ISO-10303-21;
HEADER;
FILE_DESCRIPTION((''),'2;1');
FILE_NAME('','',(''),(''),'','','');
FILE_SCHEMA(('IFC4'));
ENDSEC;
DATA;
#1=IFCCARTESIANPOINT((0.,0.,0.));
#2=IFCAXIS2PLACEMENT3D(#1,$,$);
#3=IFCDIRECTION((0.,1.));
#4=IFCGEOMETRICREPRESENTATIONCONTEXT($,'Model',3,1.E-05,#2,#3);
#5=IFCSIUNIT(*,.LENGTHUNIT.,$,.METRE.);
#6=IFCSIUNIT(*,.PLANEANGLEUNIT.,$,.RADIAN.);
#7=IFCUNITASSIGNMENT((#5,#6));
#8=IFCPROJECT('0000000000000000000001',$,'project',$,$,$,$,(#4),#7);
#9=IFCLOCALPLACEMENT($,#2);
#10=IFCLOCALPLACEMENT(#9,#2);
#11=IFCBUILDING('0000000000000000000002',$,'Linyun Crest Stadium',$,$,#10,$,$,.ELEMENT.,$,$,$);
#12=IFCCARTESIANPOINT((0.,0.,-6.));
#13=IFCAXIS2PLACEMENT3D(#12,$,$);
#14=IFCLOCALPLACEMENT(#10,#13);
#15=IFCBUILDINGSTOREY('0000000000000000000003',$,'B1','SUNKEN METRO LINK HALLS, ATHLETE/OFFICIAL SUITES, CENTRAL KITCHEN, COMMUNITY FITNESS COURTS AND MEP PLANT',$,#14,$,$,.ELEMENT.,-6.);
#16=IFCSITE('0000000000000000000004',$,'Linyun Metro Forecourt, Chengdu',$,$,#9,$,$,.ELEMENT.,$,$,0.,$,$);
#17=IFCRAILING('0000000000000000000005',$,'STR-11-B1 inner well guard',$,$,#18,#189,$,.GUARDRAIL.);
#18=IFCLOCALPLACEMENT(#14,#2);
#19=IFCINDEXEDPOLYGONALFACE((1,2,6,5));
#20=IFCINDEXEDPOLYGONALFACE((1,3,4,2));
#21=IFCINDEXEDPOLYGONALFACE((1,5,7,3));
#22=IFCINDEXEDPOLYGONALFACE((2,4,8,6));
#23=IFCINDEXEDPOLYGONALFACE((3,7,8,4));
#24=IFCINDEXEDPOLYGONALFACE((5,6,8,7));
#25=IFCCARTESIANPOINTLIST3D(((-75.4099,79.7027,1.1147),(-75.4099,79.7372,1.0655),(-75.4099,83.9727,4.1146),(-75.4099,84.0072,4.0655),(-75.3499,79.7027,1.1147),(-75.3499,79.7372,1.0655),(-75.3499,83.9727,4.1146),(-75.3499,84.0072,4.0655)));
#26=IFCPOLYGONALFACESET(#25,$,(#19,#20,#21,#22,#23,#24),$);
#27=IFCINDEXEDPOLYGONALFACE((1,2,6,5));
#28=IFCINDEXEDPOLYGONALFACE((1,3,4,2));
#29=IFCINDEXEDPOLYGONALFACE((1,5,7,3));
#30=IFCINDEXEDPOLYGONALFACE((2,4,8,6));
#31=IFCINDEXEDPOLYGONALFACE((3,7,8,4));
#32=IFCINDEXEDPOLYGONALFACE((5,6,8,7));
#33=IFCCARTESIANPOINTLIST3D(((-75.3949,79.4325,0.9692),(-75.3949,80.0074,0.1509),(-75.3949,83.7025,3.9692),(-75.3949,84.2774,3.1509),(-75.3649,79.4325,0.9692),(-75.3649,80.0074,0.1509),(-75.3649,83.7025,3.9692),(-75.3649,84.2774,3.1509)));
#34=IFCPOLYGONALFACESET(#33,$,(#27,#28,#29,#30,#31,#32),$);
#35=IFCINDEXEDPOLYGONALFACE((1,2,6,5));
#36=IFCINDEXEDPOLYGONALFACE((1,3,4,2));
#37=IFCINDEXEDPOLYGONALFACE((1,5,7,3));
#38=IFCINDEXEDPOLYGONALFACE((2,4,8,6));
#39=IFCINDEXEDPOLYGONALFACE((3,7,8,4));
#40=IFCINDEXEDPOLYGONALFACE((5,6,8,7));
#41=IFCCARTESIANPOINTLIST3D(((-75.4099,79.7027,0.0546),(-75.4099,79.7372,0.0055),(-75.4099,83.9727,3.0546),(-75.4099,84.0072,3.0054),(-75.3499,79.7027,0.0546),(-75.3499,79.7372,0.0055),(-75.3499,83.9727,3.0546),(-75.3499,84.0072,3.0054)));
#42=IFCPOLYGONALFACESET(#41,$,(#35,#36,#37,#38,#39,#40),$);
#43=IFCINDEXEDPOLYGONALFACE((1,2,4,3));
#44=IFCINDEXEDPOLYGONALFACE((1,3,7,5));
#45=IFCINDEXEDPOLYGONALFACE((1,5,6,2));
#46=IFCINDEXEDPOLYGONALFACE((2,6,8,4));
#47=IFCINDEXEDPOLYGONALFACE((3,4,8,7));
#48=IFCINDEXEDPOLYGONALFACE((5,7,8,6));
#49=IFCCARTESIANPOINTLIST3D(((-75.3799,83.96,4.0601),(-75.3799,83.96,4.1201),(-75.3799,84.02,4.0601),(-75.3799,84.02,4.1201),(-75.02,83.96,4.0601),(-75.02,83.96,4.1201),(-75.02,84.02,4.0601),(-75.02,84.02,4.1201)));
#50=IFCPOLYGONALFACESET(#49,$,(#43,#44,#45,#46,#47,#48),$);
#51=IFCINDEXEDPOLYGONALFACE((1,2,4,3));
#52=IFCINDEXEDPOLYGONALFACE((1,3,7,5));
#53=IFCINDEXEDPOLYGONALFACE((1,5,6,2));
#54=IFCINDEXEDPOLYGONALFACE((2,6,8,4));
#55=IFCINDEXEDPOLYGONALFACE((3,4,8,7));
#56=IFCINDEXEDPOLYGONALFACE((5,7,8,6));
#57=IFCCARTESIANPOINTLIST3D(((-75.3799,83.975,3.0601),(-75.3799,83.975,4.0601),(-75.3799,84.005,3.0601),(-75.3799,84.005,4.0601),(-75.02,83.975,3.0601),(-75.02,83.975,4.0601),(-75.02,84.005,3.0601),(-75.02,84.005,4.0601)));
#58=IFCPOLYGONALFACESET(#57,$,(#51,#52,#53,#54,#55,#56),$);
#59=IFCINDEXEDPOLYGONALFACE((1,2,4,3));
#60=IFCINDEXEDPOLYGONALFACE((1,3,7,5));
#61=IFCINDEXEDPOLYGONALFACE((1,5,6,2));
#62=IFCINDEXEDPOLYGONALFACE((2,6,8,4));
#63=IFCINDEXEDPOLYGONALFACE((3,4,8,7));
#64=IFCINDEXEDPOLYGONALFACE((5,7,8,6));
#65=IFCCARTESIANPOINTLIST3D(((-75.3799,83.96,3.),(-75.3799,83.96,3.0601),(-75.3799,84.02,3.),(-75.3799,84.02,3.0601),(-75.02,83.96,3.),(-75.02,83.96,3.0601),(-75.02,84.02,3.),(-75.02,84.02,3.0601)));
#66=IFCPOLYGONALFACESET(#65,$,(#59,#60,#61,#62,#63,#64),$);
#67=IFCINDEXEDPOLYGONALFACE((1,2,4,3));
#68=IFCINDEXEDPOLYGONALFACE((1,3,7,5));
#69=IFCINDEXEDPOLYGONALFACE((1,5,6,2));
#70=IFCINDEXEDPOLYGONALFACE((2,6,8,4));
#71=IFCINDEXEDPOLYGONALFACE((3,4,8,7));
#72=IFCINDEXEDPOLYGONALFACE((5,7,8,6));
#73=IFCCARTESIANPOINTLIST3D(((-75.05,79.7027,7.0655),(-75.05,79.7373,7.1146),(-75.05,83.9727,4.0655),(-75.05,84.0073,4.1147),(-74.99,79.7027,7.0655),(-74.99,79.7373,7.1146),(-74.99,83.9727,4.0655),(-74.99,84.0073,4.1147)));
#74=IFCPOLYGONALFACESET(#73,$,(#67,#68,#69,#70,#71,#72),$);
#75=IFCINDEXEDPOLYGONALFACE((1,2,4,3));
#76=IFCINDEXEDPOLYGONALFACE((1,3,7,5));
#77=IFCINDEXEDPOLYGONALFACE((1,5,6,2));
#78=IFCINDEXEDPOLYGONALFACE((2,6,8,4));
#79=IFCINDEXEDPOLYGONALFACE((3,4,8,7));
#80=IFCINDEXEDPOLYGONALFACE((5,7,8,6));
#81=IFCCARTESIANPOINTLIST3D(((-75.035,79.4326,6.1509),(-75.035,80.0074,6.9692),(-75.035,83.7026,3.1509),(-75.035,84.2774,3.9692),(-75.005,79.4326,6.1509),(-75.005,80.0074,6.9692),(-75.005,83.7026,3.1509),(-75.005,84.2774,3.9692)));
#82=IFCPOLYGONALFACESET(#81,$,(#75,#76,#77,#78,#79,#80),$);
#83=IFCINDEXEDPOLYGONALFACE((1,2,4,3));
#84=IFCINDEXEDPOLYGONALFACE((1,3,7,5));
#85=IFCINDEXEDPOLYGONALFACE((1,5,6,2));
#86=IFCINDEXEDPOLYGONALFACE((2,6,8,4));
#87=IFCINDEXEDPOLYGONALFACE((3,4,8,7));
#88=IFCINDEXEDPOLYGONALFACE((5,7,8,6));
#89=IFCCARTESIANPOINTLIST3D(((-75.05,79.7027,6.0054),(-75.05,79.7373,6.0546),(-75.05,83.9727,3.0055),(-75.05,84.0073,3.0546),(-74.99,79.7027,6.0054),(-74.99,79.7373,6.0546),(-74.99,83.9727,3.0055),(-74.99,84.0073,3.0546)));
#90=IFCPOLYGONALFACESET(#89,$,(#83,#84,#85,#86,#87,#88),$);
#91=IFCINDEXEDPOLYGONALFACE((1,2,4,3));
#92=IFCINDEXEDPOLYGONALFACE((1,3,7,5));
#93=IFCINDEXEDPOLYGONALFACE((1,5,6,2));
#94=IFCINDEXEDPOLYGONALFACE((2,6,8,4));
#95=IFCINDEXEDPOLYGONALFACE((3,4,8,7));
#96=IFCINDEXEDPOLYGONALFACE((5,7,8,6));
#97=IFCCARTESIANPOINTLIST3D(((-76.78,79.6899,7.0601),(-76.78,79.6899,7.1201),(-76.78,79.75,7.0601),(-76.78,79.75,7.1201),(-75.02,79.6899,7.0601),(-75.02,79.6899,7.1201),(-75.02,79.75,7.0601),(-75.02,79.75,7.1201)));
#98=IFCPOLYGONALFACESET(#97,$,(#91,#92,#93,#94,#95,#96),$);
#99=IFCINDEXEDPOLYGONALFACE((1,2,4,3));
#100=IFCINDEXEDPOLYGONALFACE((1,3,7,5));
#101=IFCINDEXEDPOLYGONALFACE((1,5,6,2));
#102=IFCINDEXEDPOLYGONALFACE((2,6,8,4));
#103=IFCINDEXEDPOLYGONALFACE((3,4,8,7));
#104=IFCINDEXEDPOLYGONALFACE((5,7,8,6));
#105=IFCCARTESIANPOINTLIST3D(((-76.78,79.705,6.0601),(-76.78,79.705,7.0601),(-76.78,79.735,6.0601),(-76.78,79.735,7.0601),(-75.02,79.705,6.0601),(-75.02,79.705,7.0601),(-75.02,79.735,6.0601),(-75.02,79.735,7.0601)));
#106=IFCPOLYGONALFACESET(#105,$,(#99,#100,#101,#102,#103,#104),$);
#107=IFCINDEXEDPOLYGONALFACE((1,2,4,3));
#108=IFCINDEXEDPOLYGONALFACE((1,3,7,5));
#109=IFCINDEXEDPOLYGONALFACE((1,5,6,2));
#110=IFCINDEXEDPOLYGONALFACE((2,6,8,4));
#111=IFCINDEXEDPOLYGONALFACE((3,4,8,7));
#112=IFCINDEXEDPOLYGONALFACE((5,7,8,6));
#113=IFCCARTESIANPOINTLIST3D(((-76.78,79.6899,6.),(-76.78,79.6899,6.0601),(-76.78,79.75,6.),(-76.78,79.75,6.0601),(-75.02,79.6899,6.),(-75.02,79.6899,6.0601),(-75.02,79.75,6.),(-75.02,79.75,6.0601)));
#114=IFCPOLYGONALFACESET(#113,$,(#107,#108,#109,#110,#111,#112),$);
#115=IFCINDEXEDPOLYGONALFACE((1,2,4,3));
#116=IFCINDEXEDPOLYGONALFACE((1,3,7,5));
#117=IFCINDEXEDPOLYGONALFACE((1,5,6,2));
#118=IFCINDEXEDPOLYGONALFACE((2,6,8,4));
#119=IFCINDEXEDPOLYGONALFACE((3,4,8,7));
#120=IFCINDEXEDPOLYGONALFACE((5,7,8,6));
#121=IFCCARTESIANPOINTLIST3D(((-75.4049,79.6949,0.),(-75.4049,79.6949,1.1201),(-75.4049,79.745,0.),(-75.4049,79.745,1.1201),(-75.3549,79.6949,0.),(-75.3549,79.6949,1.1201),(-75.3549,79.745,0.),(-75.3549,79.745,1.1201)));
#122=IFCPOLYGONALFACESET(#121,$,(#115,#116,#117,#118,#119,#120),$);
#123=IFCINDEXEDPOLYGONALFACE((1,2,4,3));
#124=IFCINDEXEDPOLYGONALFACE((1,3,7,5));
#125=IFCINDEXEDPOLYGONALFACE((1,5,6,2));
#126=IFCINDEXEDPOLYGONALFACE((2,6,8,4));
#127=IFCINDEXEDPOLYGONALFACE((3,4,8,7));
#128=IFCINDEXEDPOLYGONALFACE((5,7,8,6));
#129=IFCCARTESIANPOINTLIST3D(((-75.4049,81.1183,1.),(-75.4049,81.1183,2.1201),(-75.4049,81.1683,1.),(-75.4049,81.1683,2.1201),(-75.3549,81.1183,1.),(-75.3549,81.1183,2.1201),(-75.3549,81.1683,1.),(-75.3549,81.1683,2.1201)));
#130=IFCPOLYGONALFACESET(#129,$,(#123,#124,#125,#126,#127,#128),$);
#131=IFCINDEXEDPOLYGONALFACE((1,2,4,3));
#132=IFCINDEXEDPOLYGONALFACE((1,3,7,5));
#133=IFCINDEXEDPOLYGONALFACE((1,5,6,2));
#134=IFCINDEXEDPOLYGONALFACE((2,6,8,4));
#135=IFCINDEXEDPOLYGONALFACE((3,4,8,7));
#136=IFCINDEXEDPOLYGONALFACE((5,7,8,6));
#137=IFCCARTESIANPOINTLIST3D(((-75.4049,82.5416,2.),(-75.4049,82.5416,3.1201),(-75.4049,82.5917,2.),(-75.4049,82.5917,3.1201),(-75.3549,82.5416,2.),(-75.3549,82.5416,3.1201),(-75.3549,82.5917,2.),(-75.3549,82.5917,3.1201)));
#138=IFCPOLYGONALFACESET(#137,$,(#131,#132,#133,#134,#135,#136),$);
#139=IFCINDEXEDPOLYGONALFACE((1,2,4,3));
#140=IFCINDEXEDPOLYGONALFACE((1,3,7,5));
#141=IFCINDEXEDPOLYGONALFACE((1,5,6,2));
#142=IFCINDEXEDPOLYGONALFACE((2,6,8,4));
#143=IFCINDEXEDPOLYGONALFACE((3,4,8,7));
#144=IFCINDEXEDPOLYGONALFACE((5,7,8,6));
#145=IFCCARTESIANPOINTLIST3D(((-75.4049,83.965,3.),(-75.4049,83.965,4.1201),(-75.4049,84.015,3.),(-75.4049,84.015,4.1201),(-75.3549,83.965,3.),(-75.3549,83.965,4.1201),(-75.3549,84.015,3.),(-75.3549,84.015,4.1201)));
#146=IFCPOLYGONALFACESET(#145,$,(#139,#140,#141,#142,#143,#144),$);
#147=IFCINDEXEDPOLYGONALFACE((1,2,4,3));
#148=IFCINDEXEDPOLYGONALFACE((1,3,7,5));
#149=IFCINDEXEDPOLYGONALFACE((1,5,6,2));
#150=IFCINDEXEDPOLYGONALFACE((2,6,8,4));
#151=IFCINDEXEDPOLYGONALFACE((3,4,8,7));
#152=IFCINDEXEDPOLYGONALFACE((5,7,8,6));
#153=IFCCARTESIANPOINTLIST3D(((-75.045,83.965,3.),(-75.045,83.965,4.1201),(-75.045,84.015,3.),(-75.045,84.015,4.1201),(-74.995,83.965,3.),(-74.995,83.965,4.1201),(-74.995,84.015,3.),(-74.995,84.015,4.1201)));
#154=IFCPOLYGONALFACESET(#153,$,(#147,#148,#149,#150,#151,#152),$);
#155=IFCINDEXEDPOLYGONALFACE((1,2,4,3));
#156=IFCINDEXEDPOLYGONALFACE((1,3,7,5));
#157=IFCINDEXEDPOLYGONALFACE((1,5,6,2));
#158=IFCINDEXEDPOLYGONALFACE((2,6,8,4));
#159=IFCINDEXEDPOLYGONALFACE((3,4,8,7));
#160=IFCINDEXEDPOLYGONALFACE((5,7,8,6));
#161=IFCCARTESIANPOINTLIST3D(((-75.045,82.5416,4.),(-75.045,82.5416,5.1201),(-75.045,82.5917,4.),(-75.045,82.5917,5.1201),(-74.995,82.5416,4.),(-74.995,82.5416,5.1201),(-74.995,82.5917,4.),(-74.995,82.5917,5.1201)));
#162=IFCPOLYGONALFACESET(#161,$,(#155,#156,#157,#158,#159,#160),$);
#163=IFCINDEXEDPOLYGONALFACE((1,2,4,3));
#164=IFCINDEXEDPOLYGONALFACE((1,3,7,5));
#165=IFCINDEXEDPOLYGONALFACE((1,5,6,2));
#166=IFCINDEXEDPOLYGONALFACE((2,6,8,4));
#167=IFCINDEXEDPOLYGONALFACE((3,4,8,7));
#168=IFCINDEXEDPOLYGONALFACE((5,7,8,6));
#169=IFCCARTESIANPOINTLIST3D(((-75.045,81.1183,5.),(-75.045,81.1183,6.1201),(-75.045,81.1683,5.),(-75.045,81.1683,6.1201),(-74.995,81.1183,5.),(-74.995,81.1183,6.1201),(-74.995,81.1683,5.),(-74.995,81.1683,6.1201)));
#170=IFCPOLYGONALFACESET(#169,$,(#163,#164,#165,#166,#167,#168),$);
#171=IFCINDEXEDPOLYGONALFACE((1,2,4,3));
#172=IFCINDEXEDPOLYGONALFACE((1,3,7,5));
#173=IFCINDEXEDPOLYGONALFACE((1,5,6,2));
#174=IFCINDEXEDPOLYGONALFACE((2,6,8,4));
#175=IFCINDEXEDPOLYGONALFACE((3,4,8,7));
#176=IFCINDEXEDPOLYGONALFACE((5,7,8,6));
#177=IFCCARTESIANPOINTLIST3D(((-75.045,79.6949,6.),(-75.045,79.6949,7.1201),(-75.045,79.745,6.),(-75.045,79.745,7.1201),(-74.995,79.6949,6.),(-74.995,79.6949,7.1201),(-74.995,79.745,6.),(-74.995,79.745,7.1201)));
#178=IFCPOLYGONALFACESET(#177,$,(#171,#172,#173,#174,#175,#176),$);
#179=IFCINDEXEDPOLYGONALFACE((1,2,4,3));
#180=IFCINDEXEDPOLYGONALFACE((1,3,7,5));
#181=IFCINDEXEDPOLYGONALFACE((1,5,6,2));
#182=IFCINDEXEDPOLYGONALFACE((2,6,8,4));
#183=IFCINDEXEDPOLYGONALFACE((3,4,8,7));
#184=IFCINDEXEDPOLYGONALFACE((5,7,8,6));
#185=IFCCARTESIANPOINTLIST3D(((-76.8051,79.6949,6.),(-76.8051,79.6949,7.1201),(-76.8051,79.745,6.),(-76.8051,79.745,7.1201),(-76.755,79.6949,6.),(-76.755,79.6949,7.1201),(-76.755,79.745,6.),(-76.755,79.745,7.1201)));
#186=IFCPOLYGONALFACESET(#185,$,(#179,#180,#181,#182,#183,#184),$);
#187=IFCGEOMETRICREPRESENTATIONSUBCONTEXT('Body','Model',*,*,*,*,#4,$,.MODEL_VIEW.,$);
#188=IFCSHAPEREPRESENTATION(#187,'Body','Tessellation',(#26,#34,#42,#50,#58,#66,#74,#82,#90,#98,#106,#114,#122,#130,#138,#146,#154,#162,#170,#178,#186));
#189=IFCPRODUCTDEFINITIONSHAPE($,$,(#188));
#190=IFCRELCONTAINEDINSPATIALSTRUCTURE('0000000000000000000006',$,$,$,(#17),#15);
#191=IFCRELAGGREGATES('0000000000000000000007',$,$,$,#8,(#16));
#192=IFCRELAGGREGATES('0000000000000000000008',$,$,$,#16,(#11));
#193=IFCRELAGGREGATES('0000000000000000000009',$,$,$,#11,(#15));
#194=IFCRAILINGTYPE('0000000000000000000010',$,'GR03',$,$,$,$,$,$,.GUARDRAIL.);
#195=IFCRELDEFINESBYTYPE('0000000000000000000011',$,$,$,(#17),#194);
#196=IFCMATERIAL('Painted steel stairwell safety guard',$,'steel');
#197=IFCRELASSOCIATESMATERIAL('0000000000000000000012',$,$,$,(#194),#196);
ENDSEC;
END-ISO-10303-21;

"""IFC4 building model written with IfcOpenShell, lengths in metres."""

from ifc_helpers import new_model, si_unit, direction, frame, origin, origin_2d, place, context, subcontext, project, spatial, rectangle, extrude, material, type_object, element, save


model = new_model("IFC4")

# Units and contexts
model_context = context("Model", 3, precision=1e-05, world=origin(), true_north=direction((0.0, 1.0)))
body_context = subcontext(model_context, "Body", "Model", "MODEL_VIEW")
ifc_project = project(units=[si_unit("LENGTHUNIT", "METRE"), si_unit("PLANEANGLEUNIT", "RADIAN")], contexts=[model_context])

# Site, building, storey
site_placement = place(None, origin())
site = spatial("IfcSite", under=ifc_project, at=site_placement, Name="Linyun Metro Forecourt, Chengdu", CompositionType="ELEMENT", RefElevation=0.0)
building_placement = place(site_placement, origin())
building = spatial("IfcBuilding", under=site, at=building_placement, Name="Linyun Crest Stadium", CompositionType="ELEMENT")
storey_placement = place(building_placement, frame((0.0, 0.0, -6.0)))
storey = spatial("IfcBuildingStorey", under=building, at=storey_placement, Name="B1", Description="SUNKEN METRO LINK HALLS, ATHLETE/OFFICIAL SUITES, CENTRAL KITCHEN, COMMUNITY FITNESS COURTS AND MEP PLANT", CompositionType="ELEMENT", Elevation=-6.0)

# Railing
ifc_material_1 = material(Name="Painted steel stairwell safety guard", Category="steel")
railing_type = type_object("IfcRailingType", Name="GR03", PredefinedType="GUARDRAIL", material=ifc_material_1)
railing_1_placement = place(storey_placement, frame((-75.3799, 79.72, 0.0)))
element("IfcRailing", 1, at=railing_1_placement, inside=storey, type_object=railing_type, Name="STR-11-B1 inner well guard", PredefinedType="GUARDRAIL", context=body_context, shape_type="SweptSolid", body=[
    extrude(rectangle(XDim=0.0601, YDim=0.0601, at=origin_2d()), frame((0.0, 0.0, 1.0901), z_axis=(0.0, 0.818242, 0.574874), x_axis=(-1.0, 0.0, 0.0)), (0.0, 0.0, 1.0), 5.2185),
    extrude(rectangle(XDim=0.03, YDim=1.0, at=origin_2d()), frame((0.0, 0.0, 0.5601), z_axis=(0.0, 0.818242, 0.574874), x_axis=(-1.0, 0.0, 0.0)), (0.0, 0.0, 1.0), 5.2185),
    extrude(rectangle(XDim=0.0601, YDim=0.0601, at=origin_2d()), frame((0.0, 0.0, 0.03), z_axis=(0.0, 0.818242, 0.574874), x_axis=(-1.0, 0.0, 0.0)), (0.0, 0.0, 1.0), 5.2185),
    extrude(rectangle(XDim=0.0601, YDim=0.0601, at=origin_2d()), frame((0.0, 4.27, 4.0901), z_axis=(1.0, 0.0, 0.0), x_axis=(0.0, 1.0, 0.0)), (0.0, 0.0, 1.0), 0.3599),
    extrude(rectangle(XDim=0.03, YDim=1.0, at=origin_2d()), frame((0.0, 4.27, 3.5601), z_axis=(1.0, 0.0, 0.0), x_axis=(0.0, 1.0, 0.0)), (0.0, 0.0, 1.0), 0.3599),
    extrude(rectangle(XDim=0.0601, YDim=0.0601, at=origin_2d()), frame((0.0, 4.27, 3.03), z_axis=(1.0, 0.0, 0.0), x_axis=(0.0, 1.0, 0.0)), (0.0, 0.0, 1.0), 0.3599),
    extrude(rectangle(XDim=0.0601, YDim=0.0601, at=origin_2d()), frame((0.3599, 4.27, 4.0901), z_axis=(0.0, -0.818242, 0.574874), x_axis=(1.0, 0.0, 0.0)), (0.0, 0.0, 1.0), 5.2185),
    extrude(rectangle(XDim=0.03, YDim=1.0, at=origin_2d()), frame((0.3599, 4.27, 3.5601), z_axis=(0.0, -0.818242, 0.574874), x_axis=(1.0, 0.0, 0.0)), (0.0, 0.0, 1.0), 5.2185),
    extrude(rectangle(XDim=0.0601, YDim=0.0601, at=origin_2d()), frame((0.3599, 4.27, 3.03), z_axis=(0.0, -0.818242, 0.574874), x_axis=(1.0, 0.0, 0.0)), (0.0, 0.0, 1.0), 5.2185),
    extrude(rectangle(XDim=0.0601, YDim=0.0601, at=origin_2d()), frame((0.3599, 0.0, 7.0901), z_axis=(-1.0, 0.0, 0.0), x_axis=(0.0, -1.0, 0.0)), (0.0, 0.0, 1.0), 1.76),
    extrude(rectangle(XDim=0.03, YDim=1.0, at=origin_2d()), frame((0.3599, 0.0, 6.5601), z_axis=(-1.0, 0.0, 0.0), x_axis=(0.0, -1.0, 0.0)), (0.0, 0.0, 1.0), 1.76),
    extrude(rectangle(XDim=0.0601, YDim=0.0601, at=origin_2d()), frame((0.3599, 0.0, 6.03), z_axis=(-1.0, 0.0, 0.0), x_axis=(0.0, -1.0, 0.0)), (0.0, 0.0, 1.0), 1.76),
    extrude(rectangle(XDim=0.05, YDim=0.05, at=origin_2d()), origin(), (0.0, 0.0, 1.0), 1.1201),
    extrude(rectangle(XDim=0.05, YDim=0.05, at=origin_2d()), frame((0.0, 1.4233, 1.0)), (0.0, 0.0, 1.0), 1.1201),
    extrude(rectangle(XDim=0.05, YDim=0.05, at=origin_2d()), frame((0.0, 2.8467, 2.0)), (0.0, 0.0, 1.0), 1.1201),
    extrude(rectangle(XDim=0.05, YDim=0.05, at=origin_2d()), frame((0.0, 4.27, 3.0)), (0.0, 0.0, 1.0), 1.1201),
    extrude(rectangle(XDim=0.05, YDim=0.05, at=origin_2d()), frame((0.3599, 4.27, 3.0)), (0.0, 0.0, 1.0), 1.1201),
    extrude(rectangle(XDim=0.05, YDim=0.05, at=origin_2d()), frame((0.3599, 2.8467, 4.0)), (0.0, 0.0, 1.0), 1.1201),
    extrude(rectangle(XDim=0.05, YDim=0.05, at=origin_2d()), frame((0.3599, 1.4233, 5.0)), (0.0, 0.0, 1.0), 1.1201),
    extrude(rectangle(XDim=0.05, YDim=0.05, at=origin_2d()), frame((0.3599, 0.0, 6.0)), (0.0, 0.0, 1.0), 1.1201),
    extrude(rectangle(XDim=0.05, YDim=0.05, at=origin_2d()), frame((-1.4001, 0.0, 6.0)), (0.0, 0.0, 1.0), 1.1201),
])

save(model, "model.ifc")
